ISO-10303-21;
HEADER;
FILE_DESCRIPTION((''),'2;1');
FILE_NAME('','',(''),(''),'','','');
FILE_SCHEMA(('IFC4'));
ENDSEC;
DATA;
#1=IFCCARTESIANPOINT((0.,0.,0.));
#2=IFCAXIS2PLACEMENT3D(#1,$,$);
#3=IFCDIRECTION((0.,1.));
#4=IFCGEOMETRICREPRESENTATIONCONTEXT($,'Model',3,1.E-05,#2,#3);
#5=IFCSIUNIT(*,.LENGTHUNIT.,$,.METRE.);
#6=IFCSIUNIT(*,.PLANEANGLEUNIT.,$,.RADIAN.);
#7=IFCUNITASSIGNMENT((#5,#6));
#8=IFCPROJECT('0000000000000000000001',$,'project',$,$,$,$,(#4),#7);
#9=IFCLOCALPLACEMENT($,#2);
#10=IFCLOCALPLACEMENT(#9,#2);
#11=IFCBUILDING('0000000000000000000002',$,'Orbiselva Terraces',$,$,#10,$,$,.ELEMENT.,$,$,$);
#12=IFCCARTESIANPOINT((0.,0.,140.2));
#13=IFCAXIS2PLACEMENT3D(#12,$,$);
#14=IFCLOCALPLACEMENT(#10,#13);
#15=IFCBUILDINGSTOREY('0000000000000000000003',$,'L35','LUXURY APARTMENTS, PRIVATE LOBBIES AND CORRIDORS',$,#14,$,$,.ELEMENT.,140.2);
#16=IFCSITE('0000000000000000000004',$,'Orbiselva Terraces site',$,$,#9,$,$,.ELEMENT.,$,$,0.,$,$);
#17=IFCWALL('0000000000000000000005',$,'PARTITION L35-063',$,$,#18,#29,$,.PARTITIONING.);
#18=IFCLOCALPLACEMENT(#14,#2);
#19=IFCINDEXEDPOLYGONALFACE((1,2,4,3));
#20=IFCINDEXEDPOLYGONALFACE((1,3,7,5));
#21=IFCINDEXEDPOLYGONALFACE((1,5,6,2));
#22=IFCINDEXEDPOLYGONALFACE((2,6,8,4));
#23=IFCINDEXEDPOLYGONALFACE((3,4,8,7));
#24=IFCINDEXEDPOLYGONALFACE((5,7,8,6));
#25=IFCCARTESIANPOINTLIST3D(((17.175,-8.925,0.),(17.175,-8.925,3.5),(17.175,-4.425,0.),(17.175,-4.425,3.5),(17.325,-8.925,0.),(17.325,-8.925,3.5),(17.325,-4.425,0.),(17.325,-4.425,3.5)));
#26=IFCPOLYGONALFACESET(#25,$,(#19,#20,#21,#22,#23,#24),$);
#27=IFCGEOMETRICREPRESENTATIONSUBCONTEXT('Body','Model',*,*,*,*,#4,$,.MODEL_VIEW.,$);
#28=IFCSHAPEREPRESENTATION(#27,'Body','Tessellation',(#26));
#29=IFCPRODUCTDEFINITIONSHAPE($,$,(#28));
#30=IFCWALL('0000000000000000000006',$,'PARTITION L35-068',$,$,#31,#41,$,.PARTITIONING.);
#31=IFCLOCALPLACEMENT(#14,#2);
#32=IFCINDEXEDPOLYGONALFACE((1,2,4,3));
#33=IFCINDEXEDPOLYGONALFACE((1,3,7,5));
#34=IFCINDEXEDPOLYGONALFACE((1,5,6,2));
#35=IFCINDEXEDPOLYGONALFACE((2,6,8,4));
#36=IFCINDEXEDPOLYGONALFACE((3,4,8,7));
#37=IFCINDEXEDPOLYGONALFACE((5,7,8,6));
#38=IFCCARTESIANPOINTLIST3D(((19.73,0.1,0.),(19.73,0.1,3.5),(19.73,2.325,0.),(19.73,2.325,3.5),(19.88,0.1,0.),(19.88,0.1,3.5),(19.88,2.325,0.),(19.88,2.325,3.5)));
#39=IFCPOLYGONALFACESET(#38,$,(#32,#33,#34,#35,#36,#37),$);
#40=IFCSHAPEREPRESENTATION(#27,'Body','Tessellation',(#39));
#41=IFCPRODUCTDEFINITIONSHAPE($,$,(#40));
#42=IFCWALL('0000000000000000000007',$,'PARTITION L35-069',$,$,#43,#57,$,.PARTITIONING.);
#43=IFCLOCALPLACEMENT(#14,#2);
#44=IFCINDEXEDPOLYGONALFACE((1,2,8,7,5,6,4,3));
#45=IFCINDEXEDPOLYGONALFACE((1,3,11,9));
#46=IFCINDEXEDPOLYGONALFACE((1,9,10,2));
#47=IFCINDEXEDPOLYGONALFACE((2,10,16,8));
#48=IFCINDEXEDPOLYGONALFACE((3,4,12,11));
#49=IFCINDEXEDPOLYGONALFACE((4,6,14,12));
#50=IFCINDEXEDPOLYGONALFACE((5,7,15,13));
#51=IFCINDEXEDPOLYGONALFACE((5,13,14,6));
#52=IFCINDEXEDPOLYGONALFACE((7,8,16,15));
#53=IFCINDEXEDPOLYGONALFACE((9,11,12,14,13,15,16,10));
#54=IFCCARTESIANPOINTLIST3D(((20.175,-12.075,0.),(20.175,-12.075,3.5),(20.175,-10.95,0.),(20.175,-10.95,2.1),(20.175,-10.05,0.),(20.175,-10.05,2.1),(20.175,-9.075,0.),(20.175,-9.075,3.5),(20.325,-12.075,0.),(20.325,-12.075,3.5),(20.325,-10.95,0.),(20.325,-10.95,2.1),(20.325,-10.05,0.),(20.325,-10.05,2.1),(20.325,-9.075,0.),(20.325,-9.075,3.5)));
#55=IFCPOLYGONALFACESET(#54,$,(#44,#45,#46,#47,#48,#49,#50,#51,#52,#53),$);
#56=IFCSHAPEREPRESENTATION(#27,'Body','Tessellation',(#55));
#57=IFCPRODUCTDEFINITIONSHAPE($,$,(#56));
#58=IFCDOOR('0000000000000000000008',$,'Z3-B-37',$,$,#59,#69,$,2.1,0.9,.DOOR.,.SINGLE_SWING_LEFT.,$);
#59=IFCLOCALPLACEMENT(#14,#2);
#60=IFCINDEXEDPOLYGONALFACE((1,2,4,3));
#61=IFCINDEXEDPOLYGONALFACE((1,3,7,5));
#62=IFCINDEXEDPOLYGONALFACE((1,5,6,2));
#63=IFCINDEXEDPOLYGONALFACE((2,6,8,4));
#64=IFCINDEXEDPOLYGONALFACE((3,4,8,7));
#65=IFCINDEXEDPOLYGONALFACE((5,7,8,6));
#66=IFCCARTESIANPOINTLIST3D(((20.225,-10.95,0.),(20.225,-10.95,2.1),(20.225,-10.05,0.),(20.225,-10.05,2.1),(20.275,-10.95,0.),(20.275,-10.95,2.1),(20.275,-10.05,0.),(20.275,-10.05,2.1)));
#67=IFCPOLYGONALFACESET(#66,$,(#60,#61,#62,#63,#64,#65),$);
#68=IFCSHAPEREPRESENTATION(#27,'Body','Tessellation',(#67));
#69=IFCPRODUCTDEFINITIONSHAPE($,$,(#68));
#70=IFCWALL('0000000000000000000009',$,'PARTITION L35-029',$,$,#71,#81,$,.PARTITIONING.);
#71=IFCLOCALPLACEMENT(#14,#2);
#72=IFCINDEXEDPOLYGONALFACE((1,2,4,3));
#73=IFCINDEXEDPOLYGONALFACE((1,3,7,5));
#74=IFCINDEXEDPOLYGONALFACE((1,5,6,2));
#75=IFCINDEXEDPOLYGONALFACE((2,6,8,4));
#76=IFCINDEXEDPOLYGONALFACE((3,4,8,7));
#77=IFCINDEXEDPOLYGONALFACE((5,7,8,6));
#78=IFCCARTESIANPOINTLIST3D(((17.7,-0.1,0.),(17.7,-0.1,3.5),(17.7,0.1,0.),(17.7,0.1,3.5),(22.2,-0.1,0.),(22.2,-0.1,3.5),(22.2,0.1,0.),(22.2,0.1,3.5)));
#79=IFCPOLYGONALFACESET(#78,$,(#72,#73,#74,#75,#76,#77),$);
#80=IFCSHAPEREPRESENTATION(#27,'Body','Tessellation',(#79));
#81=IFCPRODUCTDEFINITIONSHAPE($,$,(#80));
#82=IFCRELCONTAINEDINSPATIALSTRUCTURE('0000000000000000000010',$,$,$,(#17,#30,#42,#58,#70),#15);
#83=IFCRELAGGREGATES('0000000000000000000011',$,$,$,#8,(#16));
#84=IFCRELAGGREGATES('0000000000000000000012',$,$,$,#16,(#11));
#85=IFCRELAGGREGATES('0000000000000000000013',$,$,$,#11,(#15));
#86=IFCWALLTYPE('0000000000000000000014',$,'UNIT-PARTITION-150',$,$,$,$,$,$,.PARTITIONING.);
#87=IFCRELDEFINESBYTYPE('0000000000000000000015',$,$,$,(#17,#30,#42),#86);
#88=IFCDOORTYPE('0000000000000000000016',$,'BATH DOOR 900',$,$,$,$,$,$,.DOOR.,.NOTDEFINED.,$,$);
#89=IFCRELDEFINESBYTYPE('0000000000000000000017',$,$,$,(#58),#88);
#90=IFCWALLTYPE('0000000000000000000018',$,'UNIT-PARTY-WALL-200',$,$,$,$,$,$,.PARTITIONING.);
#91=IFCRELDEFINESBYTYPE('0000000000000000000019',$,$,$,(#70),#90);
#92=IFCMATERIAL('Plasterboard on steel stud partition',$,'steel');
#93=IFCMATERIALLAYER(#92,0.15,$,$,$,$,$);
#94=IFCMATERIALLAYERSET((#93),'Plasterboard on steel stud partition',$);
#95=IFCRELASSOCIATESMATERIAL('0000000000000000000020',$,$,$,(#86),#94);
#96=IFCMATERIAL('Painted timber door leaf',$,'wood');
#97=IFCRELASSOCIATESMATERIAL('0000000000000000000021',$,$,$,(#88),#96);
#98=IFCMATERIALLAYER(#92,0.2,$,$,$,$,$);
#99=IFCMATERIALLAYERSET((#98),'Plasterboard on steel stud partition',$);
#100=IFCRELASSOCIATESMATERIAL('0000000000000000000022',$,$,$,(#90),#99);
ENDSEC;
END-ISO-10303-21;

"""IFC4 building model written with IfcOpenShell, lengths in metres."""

from ifc_helpers import new_model, si_unit, direction, frame, frame_2d, origin, place, context, subcontext, project, spatial, rectangle, extrude, material, layer, layer_set, type_object, element, fill, save


model = new_model("IFC4")

# Units and contexts
model_context = context("Model", 3, precision=1e-05, world=origin(), true_north=direction((0.0, 1.0)))
body_context = subcontext(model_context, "Body", "Model", "MODEL_VIEW")
ifc_project = project(units=[si_unit("LENGTHUNIT", "METRE"), si_unit("PLANEANGLEUNIT", "RADIAN")], contexts=[model_context])

# Site, building, storey
site_placement = place(None, origin())
site = spatial("IfcSite", under=ifc_project, at=site_placement, Name="Orbiselva Terraces site", CompositionType="ELEMENT", RefElevation=0.0)
building_placement = place(site_placement, origin())
building = spatial("IfcBuilding", under=site, at=building_placement, Name="Orbiselva Terraces", CompositionType="ELEMENT")
storey_placement = place(building_placement, frame((0.0, 0.0, 140.2)))
storey = spatial("IfcBuildingStorey", under=building, at=storey_placement, Name="L35", Description="LUXURY APARTMENTS, PRIVATE LOBBIES AND CORRIDORS", CompositionType="ELEMENT", Elevation=140.2)

# Shared definitions
ifc_material_1 = material(Name="Plasterboard on steel stud partition", Category="steel")
ifc_material_2 = material(Name="Painted timber door leaf", Category="wood")

# Shared definitions
ifc_layer_1 = layer(ifc_material_1, 0.15)
ifc_layer_set_1 = layer_set([ifc_layer_1], Name="Plasterboard on steel stud partition")
wall_type_1 = type_object("IfcWallType", Name="UNIT-PARTITION-150", PredefinedType="PARTITIONING", material=ifc_layer_set_1)
door_type_1 = type_object("IfcDoorType", Name="BATH DOOR 900", OperationType="NOTDEFINED", PredefinedType="DOOR", material=ifc_material_2)

# Walls
for number, where, z_axis, x_axis, name in (
    (1, (17.25, -8.925, 0.0), (0.0, 0.0, 1.0), (0.0, 1.0, 0.0), "PARTITION L35-063"),
):
    element("IfcWall", number, at=place(storey_placement, frame(where, z_axis=z_axis, x_axis=x_axis)), inside=storey, type_object=wall_type_1, Name=name, PredefinedType="PARTITIONING", context=body_context, shape_type="SweptSolid", body=[
        extrude(rectangle(XDim=4.5, YDim=0.15, at=frame_2d((2.25, 0.0))), origin(), (0.0, 0.0, 1.0), 3.5),
    ])
wall_1_placement = place(storey_placement, frame((19.805, 0.1, 0.0), z_axis=(0.0, 0.0, 1.0), x_axis=(0.0, 1.0, 0.0)))
element("IfcWall", 2, at=wall_1_placement, inside=storey, type_object=wall_type_1, Name="PARTITION L35-068", PredefinedType="PARTITIONING", context=body_context, shape_type="SweptSolid", body=[
    extrude(rectangle(XDim=2.225, YDim=0.15, at=frame_2d((1.1125, 0.0))), origin(), (0.0, 0.0, 1.0), 3.5),
])

# Wall, opening, door
wall_2_placement = place(storey_placement, frame((20.25, -9.075, 0.0), z_axis=(0.0, 0.0, 1.0), x_axis=(0.0, -1.0, 0.0)))
wall_2 = element("IfcWall", 3, at=wall_2_placement, inside=storey, type_object=wall_type_1, Name="PARTITION L35-069", PredefinedType="PARTITIONING", context=body_context, shape_type="SweptSolid", body=[
    extrude(rectangle(XDim=3.0, YDim=0.15, at=frame_2d((1.5, 0.0))), origin(), (0.0, 0.0, 1.0), 3.5),
])
opening_1_placement = place(wall_2_placement, frame((0.975, 0.0, 0.0)))
opening_1 = element("IfcOpeningElement", 4, at=opening_1_placement, cuts=wall_2, PredefinedType="OPENING", context=body_context, shape_type="SweptSolid", body=[
    extrude(rectangle(XDim=0.9, YDim=2.1, at=frame_2d((0.45, 1.05))), frame((0.0, 0.085, 0.0), z_axis=(0.0, -1.0, 0.0), x_axis=(1.0, 0.0, 0.0)), (0.0, 0.0, 1.0), 0.17),
])
door_1_placement = place(opening_1_placement, origin())
door_1 = element("IfcDoor", 5, at=door_1_placement, inside=storey, type_object=door_type_1, Name="Z3-B-37", OperationType="SINGLE_SWING_LEFT", OverallHeight=2.1, OverallWidth=0.9, PredefinedType="DOOR", context=body_context, shape_type="SweptSolid", body=[
    extrude(rectangle(XDim=0.9, YDim=2.1, at=frame_2d((0.45, 1.05))), frame((0.0, 0.025, 0.0), z_axis=(0.0, -1.0, 0.0), x_axis=(1.0, 0.0, 0.0)), (0.0, 0.0, 1.0), 0.05),
])
fill(opening_1, door_1)

# Wall
ifc_layer_2 = layer(ifc_material_1, 0.2)
ifc_layer_set_2 = layer_set([ifc_layer_2], Name="Plasterboard on steel stud partition")
wall_type_2 = type_object("IfcWallType", Name="UNIT-PARTY-WALL-200", PredefinedType="PARTITIONING", material=ifc_layer_set_2)
wall_3_placement = place(storey_placement, frame((17.7, 0.0, 0.0), z_axis=(0.0, 0.0, 1.0), x_axis=(1.0, 0.0, 0.0)))
element("IfcWall", 6, at=wall_3_placement, inside=storey, type_object=wall_type_2, Name="PARTITION L35-029", PredefinedType="PARTITIONING", context=body_context, shape_type="SweptSolid", body=[
    extrude(rectangle(XDim=4.5, YDim=0.2, at=frame_2d((2.25, 0.0))), origin(), (0.0, 0.0, 1.0), 3.5),
])

save(model, "model.ifc")
